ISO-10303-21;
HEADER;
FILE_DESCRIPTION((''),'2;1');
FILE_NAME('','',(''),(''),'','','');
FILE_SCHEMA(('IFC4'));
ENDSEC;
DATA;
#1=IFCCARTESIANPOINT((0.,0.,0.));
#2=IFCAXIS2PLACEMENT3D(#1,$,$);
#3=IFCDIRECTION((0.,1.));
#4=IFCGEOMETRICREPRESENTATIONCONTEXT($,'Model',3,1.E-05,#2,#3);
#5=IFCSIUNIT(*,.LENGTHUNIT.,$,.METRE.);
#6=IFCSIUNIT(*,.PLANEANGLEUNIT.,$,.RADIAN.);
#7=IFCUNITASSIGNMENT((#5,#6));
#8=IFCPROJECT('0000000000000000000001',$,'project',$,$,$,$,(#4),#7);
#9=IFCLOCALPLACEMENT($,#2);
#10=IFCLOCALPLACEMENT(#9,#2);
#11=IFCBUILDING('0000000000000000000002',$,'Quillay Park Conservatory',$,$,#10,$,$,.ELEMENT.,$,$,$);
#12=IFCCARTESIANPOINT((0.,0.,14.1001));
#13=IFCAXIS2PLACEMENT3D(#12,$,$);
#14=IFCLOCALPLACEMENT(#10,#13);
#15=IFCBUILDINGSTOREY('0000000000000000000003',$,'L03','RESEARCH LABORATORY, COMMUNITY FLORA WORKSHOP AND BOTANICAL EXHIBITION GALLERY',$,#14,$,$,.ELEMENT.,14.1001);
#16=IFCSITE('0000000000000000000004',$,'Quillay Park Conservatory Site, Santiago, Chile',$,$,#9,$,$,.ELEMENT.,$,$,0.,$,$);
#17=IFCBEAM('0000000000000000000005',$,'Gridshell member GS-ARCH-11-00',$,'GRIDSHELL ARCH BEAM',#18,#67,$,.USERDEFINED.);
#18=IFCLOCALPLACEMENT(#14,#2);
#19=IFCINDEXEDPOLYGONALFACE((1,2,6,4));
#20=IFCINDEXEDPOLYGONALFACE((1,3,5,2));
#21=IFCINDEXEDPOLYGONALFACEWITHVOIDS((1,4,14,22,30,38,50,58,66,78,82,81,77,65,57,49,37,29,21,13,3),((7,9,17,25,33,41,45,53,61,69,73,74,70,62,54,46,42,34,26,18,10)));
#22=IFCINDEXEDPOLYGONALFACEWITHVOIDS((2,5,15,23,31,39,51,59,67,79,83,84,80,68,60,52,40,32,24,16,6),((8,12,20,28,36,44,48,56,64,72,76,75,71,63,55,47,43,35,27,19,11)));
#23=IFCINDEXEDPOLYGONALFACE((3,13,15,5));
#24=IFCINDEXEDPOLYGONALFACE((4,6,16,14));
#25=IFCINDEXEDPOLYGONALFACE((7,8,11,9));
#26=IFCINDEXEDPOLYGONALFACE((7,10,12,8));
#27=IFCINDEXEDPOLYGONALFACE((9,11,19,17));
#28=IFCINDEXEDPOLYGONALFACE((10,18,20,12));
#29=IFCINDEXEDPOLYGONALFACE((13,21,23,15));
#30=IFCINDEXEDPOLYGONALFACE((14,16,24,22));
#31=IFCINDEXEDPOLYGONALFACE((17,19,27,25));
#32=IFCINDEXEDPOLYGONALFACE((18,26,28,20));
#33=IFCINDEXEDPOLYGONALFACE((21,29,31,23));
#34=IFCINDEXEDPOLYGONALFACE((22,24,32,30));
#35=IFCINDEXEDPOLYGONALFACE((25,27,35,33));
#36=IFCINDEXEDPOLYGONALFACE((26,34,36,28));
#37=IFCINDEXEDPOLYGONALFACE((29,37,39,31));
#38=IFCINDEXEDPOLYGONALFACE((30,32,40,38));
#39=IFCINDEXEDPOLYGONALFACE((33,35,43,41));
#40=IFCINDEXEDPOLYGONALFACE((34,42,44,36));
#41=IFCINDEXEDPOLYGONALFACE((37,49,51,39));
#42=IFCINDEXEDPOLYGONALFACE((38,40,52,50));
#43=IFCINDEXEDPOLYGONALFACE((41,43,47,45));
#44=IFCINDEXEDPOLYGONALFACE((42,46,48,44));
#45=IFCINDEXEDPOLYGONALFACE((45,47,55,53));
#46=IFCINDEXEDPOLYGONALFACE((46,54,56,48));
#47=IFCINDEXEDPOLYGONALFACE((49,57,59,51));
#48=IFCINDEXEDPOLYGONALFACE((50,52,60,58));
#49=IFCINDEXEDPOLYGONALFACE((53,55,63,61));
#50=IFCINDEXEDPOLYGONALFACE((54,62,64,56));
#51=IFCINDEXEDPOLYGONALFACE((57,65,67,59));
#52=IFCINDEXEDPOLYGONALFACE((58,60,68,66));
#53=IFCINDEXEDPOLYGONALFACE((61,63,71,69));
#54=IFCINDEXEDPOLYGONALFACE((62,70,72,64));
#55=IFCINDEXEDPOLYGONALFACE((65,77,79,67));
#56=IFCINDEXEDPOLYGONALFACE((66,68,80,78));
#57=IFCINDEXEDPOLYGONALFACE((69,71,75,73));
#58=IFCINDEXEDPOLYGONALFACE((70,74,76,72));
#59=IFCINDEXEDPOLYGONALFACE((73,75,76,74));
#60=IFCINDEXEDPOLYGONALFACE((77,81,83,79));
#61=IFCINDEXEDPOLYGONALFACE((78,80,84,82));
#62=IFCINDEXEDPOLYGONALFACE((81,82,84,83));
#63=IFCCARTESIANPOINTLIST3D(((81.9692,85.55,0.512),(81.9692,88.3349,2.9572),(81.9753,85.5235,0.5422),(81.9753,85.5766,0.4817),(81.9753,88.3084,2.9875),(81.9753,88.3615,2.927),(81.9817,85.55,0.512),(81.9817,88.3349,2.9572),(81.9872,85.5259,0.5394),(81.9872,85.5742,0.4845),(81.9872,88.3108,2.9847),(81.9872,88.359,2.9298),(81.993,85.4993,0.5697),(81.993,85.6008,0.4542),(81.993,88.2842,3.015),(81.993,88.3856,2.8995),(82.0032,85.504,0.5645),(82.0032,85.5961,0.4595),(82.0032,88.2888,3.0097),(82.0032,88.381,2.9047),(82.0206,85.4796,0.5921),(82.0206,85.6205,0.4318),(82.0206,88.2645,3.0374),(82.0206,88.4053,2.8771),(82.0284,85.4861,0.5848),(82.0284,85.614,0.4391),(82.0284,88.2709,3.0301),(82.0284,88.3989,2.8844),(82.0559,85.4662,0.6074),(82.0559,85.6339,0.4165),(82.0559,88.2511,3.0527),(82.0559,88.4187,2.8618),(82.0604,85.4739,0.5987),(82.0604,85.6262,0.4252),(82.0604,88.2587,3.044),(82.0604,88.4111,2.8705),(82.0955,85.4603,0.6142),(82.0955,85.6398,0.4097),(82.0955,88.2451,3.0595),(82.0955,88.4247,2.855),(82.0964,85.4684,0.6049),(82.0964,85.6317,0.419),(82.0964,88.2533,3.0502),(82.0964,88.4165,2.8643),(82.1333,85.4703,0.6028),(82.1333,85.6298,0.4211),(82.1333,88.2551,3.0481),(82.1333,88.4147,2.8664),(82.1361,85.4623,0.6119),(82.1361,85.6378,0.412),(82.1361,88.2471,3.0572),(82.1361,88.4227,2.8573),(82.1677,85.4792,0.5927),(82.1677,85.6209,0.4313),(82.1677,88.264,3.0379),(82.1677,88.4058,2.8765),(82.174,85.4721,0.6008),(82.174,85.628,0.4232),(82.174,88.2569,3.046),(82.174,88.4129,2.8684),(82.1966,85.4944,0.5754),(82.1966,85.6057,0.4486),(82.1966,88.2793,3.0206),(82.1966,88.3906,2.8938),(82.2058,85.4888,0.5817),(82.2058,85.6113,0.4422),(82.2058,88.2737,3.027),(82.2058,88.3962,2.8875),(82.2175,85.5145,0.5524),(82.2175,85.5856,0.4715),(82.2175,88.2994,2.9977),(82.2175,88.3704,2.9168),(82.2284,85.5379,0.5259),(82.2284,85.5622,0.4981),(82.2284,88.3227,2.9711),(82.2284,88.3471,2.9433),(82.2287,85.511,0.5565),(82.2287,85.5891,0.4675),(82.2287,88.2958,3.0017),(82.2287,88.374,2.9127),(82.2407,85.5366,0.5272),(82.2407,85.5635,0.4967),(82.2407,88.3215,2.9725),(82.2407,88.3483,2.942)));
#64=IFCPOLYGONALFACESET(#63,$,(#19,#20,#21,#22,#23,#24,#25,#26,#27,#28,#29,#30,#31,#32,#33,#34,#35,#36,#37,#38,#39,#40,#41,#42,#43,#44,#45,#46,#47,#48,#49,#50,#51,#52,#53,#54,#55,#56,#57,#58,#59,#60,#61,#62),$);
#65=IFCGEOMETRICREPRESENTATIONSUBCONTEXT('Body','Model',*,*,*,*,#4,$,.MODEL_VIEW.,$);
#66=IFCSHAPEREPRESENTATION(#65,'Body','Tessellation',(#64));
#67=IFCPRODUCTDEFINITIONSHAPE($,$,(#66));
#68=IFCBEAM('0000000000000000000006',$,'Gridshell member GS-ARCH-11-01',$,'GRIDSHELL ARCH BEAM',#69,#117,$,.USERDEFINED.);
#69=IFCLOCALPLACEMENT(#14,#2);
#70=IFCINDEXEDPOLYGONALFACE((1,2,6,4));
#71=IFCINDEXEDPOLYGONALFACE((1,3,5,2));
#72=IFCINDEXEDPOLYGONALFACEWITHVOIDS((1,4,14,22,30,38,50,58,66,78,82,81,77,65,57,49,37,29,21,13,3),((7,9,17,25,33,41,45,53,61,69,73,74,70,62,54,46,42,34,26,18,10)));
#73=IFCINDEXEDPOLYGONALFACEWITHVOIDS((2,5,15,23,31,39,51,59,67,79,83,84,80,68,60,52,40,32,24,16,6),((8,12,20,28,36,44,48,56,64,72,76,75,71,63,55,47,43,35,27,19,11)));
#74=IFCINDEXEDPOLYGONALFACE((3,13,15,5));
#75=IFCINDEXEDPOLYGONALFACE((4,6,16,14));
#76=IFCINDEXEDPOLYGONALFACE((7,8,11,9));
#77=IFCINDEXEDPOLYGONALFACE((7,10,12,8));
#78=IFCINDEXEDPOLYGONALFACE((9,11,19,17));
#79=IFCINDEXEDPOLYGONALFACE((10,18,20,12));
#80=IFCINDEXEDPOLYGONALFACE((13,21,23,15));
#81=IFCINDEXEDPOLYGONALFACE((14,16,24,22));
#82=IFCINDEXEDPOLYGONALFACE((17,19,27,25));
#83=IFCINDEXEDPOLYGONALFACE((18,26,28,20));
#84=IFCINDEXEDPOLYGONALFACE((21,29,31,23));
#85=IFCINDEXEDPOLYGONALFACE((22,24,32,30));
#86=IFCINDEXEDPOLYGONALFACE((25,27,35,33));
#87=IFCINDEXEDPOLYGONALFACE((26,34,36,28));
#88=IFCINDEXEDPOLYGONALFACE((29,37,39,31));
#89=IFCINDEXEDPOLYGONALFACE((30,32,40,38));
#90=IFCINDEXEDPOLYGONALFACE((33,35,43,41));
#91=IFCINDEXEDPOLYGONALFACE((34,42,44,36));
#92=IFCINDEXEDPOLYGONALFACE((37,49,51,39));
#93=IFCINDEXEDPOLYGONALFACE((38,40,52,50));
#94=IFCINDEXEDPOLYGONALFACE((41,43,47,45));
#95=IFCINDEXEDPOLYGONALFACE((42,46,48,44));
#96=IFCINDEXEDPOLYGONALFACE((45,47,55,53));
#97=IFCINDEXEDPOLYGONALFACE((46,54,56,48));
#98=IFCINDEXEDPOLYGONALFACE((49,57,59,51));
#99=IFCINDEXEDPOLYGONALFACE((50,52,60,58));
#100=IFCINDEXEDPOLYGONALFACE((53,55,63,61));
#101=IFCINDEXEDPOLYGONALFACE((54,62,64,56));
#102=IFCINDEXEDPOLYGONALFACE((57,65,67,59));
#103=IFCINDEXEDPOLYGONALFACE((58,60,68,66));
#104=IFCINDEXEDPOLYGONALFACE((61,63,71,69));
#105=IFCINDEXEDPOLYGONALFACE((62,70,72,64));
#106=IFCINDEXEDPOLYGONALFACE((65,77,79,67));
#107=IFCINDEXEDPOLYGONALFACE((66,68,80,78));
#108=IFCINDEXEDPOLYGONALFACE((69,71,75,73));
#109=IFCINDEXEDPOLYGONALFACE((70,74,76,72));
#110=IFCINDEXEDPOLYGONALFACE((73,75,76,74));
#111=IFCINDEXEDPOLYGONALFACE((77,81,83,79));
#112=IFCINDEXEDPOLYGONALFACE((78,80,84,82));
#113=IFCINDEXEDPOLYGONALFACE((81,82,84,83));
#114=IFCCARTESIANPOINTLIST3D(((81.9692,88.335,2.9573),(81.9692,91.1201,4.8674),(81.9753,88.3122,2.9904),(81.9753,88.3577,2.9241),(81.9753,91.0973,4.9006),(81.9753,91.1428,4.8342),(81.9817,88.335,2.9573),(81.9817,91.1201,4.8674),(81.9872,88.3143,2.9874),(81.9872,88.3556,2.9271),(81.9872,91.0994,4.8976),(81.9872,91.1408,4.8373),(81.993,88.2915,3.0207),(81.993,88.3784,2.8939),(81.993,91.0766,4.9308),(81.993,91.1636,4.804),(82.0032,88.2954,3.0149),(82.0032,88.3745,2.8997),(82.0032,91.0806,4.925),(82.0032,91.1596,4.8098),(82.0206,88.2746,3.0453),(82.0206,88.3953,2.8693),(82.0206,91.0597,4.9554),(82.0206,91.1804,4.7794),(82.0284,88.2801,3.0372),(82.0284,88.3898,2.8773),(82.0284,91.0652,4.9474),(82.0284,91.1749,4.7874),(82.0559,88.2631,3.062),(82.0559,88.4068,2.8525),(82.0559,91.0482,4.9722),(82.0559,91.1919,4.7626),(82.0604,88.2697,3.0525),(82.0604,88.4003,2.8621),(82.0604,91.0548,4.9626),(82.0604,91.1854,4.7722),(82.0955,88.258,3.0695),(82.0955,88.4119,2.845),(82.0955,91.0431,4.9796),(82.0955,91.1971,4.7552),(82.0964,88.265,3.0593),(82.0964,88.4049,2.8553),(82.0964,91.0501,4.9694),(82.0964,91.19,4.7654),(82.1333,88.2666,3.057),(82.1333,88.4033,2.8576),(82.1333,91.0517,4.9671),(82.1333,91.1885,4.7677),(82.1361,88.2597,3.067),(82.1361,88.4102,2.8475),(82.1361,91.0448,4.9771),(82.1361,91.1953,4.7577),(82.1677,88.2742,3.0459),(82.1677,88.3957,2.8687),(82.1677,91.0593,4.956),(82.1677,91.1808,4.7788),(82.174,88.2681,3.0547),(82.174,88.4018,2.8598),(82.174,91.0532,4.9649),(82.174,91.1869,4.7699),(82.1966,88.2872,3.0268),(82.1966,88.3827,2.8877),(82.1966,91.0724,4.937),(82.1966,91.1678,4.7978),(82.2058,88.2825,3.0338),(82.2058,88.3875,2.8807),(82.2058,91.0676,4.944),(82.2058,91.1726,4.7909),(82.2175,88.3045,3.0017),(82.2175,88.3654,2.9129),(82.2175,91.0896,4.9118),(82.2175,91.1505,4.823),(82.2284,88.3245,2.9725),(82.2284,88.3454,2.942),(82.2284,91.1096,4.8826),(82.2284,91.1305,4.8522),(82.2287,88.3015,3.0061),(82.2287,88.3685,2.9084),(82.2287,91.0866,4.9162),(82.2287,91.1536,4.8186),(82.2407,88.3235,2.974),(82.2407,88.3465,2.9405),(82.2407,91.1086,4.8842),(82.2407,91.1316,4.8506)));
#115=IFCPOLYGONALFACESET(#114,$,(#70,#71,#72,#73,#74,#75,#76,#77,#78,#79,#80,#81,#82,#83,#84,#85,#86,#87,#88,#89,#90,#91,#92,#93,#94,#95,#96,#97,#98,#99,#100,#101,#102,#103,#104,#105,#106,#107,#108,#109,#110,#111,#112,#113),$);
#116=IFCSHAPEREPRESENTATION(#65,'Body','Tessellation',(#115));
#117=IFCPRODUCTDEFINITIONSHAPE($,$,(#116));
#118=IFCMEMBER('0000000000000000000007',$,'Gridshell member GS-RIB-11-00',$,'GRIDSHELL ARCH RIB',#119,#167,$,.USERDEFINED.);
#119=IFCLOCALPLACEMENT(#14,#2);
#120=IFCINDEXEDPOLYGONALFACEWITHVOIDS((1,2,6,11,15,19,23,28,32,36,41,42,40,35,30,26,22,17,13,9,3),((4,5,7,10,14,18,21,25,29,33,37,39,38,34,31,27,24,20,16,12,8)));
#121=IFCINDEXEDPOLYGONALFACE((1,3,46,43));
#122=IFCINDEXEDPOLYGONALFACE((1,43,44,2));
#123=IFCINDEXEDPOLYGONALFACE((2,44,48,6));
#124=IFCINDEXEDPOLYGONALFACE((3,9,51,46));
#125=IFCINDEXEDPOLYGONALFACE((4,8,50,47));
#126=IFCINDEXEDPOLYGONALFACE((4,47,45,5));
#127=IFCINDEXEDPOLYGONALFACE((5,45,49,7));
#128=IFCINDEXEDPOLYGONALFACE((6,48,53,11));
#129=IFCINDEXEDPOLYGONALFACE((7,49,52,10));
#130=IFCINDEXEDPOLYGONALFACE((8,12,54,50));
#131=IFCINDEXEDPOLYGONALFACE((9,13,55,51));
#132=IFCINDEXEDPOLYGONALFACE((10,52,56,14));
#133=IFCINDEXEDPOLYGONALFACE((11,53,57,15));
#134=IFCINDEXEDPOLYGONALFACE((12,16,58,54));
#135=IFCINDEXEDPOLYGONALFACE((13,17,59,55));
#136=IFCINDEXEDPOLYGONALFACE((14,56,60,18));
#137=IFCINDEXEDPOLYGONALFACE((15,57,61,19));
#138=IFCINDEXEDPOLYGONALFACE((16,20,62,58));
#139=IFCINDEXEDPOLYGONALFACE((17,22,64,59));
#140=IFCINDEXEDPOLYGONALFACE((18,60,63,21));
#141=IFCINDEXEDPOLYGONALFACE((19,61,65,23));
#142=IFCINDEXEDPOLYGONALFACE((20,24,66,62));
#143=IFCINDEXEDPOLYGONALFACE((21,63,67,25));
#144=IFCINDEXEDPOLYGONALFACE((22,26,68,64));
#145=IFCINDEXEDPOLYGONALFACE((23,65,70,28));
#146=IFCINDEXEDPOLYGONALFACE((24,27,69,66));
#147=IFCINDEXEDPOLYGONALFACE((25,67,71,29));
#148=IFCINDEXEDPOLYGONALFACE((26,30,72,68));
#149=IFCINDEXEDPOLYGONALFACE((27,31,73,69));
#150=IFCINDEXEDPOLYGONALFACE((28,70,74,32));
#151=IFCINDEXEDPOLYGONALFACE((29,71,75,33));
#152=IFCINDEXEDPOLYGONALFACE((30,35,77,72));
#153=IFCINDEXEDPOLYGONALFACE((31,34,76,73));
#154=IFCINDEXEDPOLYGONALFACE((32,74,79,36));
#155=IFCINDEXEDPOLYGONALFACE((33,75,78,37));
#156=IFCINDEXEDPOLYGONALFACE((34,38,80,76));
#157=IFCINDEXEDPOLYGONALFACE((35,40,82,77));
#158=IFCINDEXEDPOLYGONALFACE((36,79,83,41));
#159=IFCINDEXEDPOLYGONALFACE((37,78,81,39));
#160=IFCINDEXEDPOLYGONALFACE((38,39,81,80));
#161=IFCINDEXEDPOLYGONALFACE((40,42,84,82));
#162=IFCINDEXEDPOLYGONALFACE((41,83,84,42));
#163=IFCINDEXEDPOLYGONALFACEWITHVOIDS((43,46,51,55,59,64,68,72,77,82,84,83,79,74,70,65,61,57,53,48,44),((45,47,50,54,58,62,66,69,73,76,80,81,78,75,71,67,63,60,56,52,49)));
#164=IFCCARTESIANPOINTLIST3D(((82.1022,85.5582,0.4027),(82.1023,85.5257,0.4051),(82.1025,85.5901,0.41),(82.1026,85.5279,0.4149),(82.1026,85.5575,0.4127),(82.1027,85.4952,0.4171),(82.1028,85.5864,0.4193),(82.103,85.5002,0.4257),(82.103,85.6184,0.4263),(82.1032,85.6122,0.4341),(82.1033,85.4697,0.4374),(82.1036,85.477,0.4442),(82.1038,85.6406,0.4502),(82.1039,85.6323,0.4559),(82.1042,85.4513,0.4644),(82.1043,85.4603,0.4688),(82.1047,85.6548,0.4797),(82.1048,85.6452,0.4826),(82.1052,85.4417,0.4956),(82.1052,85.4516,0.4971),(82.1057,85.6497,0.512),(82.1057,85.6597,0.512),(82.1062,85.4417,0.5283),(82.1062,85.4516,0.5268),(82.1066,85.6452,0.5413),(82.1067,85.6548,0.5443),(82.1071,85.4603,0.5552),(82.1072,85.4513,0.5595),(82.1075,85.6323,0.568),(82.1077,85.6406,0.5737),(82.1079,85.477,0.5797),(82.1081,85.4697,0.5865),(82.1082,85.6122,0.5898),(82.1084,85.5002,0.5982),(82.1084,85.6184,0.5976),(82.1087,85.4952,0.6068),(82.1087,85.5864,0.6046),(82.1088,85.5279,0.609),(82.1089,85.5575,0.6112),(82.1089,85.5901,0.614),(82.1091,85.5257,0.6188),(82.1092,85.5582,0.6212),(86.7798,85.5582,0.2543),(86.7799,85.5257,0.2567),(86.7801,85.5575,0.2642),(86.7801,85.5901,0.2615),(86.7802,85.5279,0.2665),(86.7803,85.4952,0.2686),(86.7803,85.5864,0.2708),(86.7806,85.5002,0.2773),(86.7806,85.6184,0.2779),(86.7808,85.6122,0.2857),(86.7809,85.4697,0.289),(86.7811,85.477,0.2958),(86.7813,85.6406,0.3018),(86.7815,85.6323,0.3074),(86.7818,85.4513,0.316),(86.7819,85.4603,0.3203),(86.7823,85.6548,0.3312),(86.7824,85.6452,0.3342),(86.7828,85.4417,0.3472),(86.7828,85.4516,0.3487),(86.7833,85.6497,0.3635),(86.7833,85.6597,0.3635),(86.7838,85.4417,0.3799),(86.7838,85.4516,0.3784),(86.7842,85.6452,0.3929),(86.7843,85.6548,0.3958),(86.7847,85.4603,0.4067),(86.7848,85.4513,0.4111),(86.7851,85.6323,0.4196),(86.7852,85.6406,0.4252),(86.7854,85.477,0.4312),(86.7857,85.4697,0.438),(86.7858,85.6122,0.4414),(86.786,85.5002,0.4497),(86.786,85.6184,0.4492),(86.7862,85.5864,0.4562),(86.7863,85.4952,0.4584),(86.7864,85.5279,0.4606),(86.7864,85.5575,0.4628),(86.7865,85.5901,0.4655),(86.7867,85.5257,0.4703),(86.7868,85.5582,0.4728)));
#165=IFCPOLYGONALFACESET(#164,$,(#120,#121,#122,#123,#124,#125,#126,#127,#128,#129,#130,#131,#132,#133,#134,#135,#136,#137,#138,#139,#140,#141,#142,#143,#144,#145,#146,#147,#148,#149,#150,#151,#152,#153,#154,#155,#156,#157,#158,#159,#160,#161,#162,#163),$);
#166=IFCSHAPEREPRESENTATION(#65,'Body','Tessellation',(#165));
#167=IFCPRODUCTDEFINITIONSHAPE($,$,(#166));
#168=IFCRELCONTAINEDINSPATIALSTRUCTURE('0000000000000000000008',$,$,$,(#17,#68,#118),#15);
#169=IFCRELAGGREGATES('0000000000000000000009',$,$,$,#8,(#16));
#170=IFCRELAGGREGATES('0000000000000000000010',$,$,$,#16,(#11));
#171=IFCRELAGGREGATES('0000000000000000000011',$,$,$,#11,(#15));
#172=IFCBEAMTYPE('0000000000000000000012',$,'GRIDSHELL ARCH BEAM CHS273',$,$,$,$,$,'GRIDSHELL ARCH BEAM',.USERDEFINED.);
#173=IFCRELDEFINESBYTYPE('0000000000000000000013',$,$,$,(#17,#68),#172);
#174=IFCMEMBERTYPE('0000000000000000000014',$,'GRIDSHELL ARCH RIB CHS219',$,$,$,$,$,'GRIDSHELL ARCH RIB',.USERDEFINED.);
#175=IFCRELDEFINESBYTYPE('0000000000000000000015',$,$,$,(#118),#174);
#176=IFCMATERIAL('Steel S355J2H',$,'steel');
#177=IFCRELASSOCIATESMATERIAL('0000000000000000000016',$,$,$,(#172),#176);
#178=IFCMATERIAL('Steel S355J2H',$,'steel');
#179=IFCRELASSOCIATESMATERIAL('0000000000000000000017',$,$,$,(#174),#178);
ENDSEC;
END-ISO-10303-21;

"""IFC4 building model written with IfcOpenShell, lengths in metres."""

from ifc_helpers import new_model, si_unit, direction, frame, origin, origin_2d, place, context, subcontext, project, spatial, hollow_circle, extrude, material, material_profile, profile_set, type_object, element, save


model = new_model("IFC4")

# Units and contexts
model_context = context("Model", 3, precision=1e-05, world=origin(), true_north=direction((0.0, 1.0)))
body_context = subcontext(model_context, "Body", "Model", "MODEL_VIEW")
ifc_project = project(units=[si_unit("LENGTHUNIT", "METRE"), si_unit("PLANEANGLEUNIT", "RADIAN")], contexts=[model_context])

# Site, building, storey
site_placement = place(None, origin())
site = spatial("IfcSite", under=ifc_project, at=site_placement, Name="Quillay Park Conservatory Site, Santiago, Chile", CompositionType="ELEMENT", RefElevation=0.0)
building_placement = place(site_placement, origin())
building = spatial("IfcBuilding", under=site, at=building_placement, Name="Quillay Park Conservatory", CompositionType="ELEMENT")
storey_placement = place(building_placement, frame((0.0, 0.0, 14.1001)))
storey = spatial("IfcBuildingStorey", under=building, at=storey_placement, Name="L03", Description="RESEARCH LABORATORY, COMMUNITY FLORA WORKSHOP AND BOTANICAL EXHIBITION GALLERY", CompositionType="ELEMENT", Elevation=14.1001)

# Beams
ifc_material_1 = material(Name="Steel S355J2H", Category="steel")
ifc_material_profile_1 = material_profile(ifc_material_1, hollow_circle(Radius=0.1365, WallThickness=0.0125, at=origin_2d()), Name="CHS273x12.5")
ifc_profile_set_1 = profile_set([ifc_material_profile_1], Name="Steel S355J2H")
beam_type = type_object("IfcBeamType", Name="GRIDSHELL ARCH BEAM CHS273", ElementType="GRIDSHELL ARCH BEAM", PredefinedType="USERDEFINED", material=ifc_profile_set_1)
beam_1_placement = place(storey_placement, frame((82.1057, 85.55, 0.512), z_axis=(0.0, 0.751437, 0.659805), x_axis=(-1.0, 0.0, 0.0)))
element("IfcBeam", 1, at=beam_1_placement, inside=storey, type_object=beam_type, Name="Gridshell member GS-ARCH-11-00", ObjectType="GRIDSHELL ARCH BEAM", PredefinedType="USERDEFINED", context=body_context, shape_type="SweptSolid", body=[
    extrude(hollow_circle(Radius=0.1365, WallThickness=0.0125, at=origin_2d()), origin(), (0.0, 0.0, 1.0), 3.7061),
])
beam_2_placement = place(storey_placement, frame((82.1057, 88.335, 2.9573), z_axis=(0.0, 0.824683, 0.565596), x_axis=(-1.0, 0.0, 0.0)))
element("IfcBeam", 2, at=beam_2_placement, inside=storey, type_object=beam_type, Name="Gridshell member GS-ARCH-11-01", ObjectType="GRIDSHELL ARCH BEAM", PredefinedType="USERDEFINED", context=body_context, shape_type="SweptSolid", body=[
    extrude(hollow_circle(Radius=0.1365, WallThickness=0.0125, at=origin_2d()), origin(), (0.0, 0.0, 1.0), 3.3772),
])

# Member
ifc_material_2 = material(Name="Steel S355J2H", Category="steel")
ifc_material_profile_2 = material_profile(ifc_material_2, hollow_circle(Radius=0.1096, WallThickness=0.01, at=origin_2d()), Name="CHS219.1x10")
ifc_profile_set_2 = profile_set([ifc_material_profile_2], Name="Steel S355J2H")
member_type = type_object("IfcMemberType", Name="GRIDSHELL ARCH RIB CHS219", ElementType="GRIDSHELL ARCH RIB", PredefinedType="USERDEFINED", material=ifc_profile_set_2)
for number, where, z_axis, x_axis, name in (
    (3, (82.1057, 85.55, 0.512), (0.999497, 0.0, -0.031718), (0.0, 1.0, 0.0), "Gridshell member GS-RIB-11-00"),
):
    element("IfcMember", number, at=place(storey_placement, frame(where, z_axis=z_axis, x_axis=x_axis)), inside=storey, type_object=member_type, Name=name, ObjectType="GRIDSHELL ARCH RIB", PredefinedType="USERDEFINED", context=body_context, shape_type="SweptSolid", body=[
        extrude(hollow_circle(Radius=0.1096, WallThickness=0.01, at=origin_2d()), origin(), (0.0, 0.0, 1.0), 4.6799),
    ])

save(model, "model.ifc")
